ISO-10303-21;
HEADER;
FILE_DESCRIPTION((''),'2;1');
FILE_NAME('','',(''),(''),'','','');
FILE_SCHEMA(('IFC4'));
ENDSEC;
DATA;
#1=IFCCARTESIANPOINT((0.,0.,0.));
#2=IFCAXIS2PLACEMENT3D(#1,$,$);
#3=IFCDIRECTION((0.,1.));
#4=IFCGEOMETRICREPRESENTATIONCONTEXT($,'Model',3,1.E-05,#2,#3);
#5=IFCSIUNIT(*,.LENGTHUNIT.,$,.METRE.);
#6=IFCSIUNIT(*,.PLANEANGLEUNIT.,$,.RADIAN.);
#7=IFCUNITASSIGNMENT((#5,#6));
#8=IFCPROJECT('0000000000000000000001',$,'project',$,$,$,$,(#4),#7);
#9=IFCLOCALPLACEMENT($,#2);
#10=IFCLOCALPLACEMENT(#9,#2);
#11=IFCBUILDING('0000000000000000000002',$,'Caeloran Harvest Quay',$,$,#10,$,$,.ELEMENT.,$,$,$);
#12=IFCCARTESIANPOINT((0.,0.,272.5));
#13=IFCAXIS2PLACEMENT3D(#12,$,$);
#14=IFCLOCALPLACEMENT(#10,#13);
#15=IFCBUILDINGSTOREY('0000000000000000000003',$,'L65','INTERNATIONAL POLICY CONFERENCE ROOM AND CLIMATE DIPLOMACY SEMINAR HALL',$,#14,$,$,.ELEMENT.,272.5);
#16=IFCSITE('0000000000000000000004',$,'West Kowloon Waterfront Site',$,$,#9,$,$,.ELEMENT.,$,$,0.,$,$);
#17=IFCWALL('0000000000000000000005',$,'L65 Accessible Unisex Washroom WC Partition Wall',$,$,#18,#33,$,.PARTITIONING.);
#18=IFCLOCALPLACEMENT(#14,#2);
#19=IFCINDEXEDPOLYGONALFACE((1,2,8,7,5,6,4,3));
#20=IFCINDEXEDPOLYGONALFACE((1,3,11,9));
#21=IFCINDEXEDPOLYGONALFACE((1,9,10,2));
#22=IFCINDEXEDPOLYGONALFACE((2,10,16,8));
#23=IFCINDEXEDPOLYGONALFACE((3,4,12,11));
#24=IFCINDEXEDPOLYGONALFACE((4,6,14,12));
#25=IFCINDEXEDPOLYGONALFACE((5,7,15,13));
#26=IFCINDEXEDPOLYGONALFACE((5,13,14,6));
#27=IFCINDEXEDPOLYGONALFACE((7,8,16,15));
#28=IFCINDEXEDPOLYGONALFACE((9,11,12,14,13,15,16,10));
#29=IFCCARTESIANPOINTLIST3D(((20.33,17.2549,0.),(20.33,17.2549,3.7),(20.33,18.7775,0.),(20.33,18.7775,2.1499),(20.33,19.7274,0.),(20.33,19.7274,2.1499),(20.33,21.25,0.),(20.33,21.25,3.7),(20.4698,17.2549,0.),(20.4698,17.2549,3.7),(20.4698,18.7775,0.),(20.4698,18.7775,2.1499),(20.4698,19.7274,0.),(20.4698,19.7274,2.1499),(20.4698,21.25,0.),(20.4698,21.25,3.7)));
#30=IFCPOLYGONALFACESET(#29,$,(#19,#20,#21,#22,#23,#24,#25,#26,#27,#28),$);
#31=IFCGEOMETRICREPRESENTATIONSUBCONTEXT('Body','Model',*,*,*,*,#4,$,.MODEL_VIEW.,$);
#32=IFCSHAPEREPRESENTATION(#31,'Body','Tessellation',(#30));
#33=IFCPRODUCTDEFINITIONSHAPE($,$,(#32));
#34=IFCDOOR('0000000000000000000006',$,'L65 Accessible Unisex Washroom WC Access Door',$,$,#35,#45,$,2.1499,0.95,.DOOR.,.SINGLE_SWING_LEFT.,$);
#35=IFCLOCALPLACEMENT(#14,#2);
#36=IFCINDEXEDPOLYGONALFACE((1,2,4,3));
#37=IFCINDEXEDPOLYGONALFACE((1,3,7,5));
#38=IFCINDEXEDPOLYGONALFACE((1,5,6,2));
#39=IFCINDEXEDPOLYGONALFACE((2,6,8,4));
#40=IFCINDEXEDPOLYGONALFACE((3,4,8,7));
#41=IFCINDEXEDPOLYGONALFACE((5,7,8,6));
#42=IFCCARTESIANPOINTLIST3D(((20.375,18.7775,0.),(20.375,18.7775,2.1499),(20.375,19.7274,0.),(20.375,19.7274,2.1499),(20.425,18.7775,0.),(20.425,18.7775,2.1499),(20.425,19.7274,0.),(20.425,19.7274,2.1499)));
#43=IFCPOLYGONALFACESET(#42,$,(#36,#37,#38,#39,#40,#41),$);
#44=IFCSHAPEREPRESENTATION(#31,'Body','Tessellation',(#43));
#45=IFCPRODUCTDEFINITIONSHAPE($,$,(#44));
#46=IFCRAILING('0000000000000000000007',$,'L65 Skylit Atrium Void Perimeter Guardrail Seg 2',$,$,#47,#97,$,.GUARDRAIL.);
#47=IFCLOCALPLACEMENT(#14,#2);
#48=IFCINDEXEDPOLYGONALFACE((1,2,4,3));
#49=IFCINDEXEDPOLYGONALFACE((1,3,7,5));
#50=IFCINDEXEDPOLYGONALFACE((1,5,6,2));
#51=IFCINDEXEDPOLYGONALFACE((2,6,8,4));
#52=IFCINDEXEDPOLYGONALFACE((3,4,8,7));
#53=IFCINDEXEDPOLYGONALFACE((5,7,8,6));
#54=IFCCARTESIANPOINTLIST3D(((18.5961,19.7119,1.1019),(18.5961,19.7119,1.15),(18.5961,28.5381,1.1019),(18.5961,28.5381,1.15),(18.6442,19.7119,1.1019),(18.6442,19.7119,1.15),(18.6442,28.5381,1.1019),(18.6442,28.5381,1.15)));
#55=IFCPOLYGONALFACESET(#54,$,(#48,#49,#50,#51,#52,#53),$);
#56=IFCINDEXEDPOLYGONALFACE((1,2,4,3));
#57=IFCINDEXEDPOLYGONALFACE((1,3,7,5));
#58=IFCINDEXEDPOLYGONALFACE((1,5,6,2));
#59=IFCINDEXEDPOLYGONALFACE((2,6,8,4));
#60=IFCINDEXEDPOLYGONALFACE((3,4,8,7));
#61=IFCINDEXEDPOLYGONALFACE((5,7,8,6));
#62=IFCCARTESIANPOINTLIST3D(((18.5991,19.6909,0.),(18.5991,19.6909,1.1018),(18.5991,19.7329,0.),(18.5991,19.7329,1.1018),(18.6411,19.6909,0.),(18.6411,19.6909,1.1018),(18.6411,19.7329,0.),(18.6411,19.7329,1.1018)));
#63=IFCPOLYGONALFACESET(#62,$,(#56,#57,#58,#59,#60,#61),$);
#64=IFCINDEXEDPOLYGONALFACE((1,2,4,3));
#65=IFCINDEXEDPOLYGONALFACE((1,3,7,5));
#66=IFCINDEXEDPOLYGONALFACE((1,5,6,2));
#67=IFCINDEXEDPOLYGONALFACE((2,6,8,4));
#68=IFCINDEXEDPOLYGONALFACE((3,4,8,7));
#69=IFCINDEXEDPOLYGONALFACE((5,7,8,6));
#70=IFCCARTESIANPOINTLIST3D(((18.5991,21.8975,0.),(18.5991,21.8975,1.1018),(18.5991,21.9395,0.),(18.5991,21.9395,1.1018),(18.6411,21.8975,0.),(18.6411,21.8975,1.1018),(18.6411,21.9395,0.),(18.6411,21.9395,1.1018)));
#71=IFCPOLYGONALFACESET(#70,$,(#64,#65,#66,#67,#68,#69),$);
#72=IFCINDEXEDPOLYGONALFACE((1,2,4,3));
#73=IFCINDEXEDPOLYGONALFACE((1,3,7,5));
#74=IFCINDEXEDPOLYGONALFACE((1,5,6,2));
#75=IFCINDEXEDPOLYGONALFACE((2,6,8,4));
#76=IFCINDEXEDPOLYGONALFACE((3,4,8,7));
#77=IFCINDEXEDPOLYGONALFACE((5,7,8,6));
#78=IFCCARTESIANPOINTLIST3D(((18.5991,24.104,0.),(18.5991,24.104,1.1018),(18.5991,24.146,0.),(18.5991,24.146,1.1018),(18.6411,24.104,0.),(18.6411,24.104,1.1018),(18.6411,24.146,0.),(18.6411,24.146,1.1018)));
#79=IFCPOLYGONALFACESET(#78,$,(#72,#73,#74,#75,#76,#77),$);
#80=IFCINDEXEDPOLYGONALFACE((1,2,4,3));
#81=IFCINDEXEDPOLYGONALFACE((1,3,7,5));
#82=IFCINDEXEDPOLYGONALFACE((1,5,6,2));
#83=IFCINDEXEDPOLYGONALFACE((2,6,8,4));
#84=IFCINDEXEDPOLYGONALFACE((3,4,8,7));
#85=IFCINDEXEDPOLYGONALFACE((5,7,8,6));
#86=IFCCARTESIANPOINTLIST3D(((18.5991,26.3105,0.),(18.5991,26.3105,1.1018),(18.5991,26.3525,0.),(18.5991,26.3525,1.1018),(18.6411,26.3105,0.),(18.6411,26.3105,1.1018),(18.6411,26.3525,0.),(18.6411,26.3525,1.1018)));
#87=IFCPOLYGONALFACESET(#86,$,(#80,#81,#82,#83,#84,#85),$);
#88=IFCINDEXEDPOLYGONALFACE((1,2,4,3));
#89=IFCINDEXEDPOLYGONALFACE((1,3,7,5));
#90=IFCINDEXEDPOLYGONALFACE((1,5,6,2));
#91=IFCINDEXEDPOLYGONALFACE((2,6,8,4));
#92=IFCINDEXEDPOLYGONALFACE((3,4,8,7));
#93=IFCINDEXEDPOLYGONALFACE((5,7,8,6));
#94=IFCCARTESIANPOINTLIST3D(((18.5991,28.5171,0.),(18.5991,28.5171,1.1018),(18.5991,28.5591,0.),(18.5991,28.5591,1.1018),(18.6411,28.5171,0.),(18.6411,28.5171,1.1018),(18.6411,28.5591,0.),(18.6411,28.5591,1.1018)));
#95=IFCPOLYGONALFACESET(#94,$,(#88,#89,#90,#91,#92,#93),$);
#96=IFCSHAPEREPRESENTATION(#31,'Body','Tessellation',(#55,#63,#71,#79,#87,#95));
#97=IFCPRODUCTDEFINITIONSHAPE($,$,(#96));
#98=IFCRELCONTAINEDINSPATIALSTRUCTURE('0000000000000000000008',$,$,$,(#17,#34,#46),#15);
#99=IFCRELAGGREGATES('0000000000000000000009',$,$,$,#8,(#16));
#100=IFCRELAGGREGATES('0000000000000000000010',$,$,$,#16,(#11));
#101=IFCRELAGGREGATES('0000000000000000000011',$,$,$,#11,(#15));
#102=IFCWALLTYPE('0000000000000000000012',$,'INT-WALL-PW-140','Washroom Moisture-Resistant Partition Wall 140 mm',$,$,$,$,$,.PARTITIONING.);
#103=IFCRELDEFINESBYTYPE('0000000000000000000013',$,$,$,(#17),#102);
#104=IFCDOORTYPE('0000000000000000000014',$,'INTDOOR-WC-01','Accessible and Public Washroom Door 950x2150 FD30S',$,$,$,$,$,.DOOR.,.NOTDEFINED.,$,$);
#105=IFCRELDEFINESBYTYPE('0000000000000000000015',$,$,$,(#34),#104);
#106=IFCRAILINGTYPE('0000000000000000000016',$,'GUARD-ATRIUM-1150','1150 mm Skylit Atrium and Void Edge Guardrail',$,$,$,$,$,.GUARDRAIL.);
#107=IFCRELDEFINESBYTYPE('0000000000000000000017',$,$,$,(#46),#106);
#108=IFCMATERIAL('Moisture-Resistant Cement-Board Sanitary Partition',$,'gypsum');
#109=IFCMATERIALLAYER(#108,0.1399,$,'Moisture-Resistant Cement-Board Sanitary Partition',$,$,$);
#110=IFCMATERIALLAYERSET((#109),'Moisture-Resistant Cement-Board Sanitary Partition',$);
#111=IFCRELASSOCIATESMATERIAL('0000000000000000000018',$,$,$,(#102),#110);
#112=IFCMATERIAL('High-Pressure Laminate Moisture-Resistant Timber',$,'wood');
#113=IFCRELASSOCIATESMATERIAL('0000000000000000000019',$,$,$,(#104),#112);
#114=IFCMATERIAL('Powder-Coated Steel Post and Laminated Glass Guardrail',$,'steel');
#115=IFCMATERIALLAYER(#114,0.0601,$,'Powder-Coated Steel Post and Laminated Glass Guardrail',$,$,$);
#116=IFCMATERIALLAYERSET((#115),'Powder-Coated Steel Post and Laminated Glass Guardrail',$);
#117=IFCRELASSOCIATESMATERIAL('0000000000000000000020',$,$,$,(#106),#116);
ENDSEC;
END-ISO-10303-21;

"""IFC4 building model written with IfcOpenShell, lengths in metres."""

from ifc_helpers import new_model, si_unit, direction, frame, frame_2d, origin, origin_2d, place, context, subcontext, project, spatial, rectangle, extrude, material, layer, layer_set, type_object, element, fill, save


model = new_model("IFC4")

# Units and contexts
model_context = context("Model", 3, precision=1e-05, world=origin(), true_north=direction((0.0, 1.0)))
body_context = subcontext(model_context, "Body", "Model", "MODEL_VIEW")
ifc_project = project(units=[si_unit("LENGTHUNIT", "METRE"), si_unit("PLANEANGLEUNIT", "RADIAN")], contexts=[model_context])

# Site, building, storey
site_placement = place(None, origin())
site = spatial("IfcSite", under=ifc_project, at=site_placement, Name="West Kowloon Waterfront Site", CompositionType="ELEMENT", RefElevation=0.0)
building_placement = place(site_placement, origin())
building = spatial("IfcBuilding", under=site, at=building_placement, Name="Caeloran Harvest Quay", CompositionType="ELEMENT")
storey_placement = place(building_placement, frame((0.0, 0.0, 272.5)))
storey = spatial("IfcBuildingStorey", under=building, at=storey_placement, Name="L65", Description="INTERNATIONAL POLICY CONFERENCE ROOM AND CLIMATE DIPLOMACY SEMINAR HALL", CompositionType="ELEMENT", Elevation=272.5)

# Shared definitions
ifc_material_1 = material(Name="Moisture-Resistant Cement-Board Sanitary Partition", Category="gypsum")
ifc_layer_1 = layer(ifc_material_1, 0.1399, Name="Moisture-Resistant Cement-Board Sanitary Partition")
ifc_layer_set_1 = layer_set([ifc_layer_1], Name="Moisture-Resistant Cement-Board Sanitary Partition")
wall_type_1 = type_object("IfcWallType", Name="INT-WALL-PW-140", Description="Washroom Moisture-Resistant Partition Wall 140 mm", PredefinedType="PARTITIONING", material=ifc_layer_set_1)

# Shared definitions
ifc_material_2 = material(Name="High-Pressure Laminate Moisture-Resistant Timber", Category="wood")
door_type_1 = type_object("IfcDoorType", Name="INTDOOR-WC-01", Description="Accessible and Public Washroom Door 950x2150 FD30S", OperationType="NOTDEFINED", PredefinedType="DOOR", material=ifc_material_2)

# Wall, opening, door
wall_1_placement = place(storey_placement, frame((20.3999, 17.2549, 0.0), z_axis=(0.0, 0.0, 1.0), x_axis=(0.0, 1.0, 0.0)))
wall_1 = element("IfcWall", 1, at=wall_1_placement, inside=storey, type_object=wall_type_1, Name="L65 Accessible Unisex Washroom WC Partition Wall", PredefinedType="PARTITIONING", context=body_context, shape_type="SweptSolid", body=[
    extrude(rectangle(XDim=3.9951, YDim=0.1399, at=frame_2d((1.9976, 0.0))), origin(), (0.0, 0.0, 1.0), 3.7),
])
opening_1_placement = place(wall_1_placement, frame((1.5225, 0.0, 0.0)))
opening_1 = element("IfcOpeningElement", 2, at=opening_1_placement, cuts=wall_1, PredefinedType="OPENING", context=body_context, shape_type="SweptSolid", body=[
    extrude(rectangle(XDim=0.95, YDim=2.1499, at=frame_2d((0.4751, 1.075))), frame((0.0, 0.0801, 0.0), z_axis=(0.0, -1.0, 0.0), x_axis=(1.0, 0.0, 0.0)), (0.0, 0.0, 1.0), 0.1599),
])
door_1_placement = place(opening_1_placement, origin())
door_1 = element("IfcDoor", 3, at=door_1_placement, inside=storey, type_object=door_type_1, Name="L65 Accessible Unisex Washroom WC Access Door", OperationType="SINGLE_SWING_LEFT", OverallHeight=2.1499, OverallWidth=0.95, PredefinedType="DOOR", context=body_context, shape_type="SweptSolid", body=[
    extrude(rectangle(XDim=0.95, YDim=2.1499, at=frame_2d((0.4751, 1.075))), frame((0.0, 0.0249, 0.0), z_axis=(0.0, -1.0, 0.0), x_axis=(1.0, 0.0, 0.0)), (0.0, 0.0, 1.0), 0.05),
])
fill(opening_1, door_1)

# Railing
ifc_material_3 = material(Name="Powder-Coated Steel Post and Laminated Glass Guardrail", Category="steel")
ifc_layer_2 = layer(ifc_material_3, 0.0601, Name="Powder-Coated Steel Post and Laminated Glass Guardrail")
ifc_layer_set_2 = layer_set([ifc_layer_2], Name="Powder-Coated Steel Post and Laminated Glass Guardrail")
railing_type = type_object("IfcRailingType", Name="GUARD-ATRIUM-1150", Description="1150 mm Skylit Atrium and Void Edge Guardrail", PredefinedType="GUARDRAIL", material=ifc_layer_set_2)
railing_placement = place(storey_placement, frame((18.6201, 19.7119, 0.0)))
element("IfcRailing", 4, at=railing_placement, inside=storey, type_object=railing_type, Name="L65 Skylit Atrium Void Perimeter Guardrail Seg 2", PredefinedType="GUARDRAIL", context=body_context, shape_type="SweptSolid", body=[
    extrude(rectangle(XDim=0.0481, YDim=0.0481, at=origin_2d()), frame((0.0, 0.0, 1.126), z_axis=(0.0, 1.0, 0.0), x_axis=(-1.0, 0.0, 0.0)), (0.0, 0.0, 1.0), 8.8262),
    extrude(rectangle(XDim=0.042, YDim=0.042, at=origin_2d()), origin(), (0.0, 0.0, 1.0), 1.1018),
    extrude(rectangle(XDim=0.042, YDim=0.042, at=origin_2d()), frame((0.0, 2.2065, 0.0)), (0.0, 0.0, 1.0), 1.1018),
    extrude(rectangle(XDim=0.042, YDim=0.042, at=origin_2d()), frame((0.0, 4.4131, 0.0)), (0.0, 0.0, 1.0), 1.1018),
    extrude(rectangle(XDim=0.042, YDim=0.042, at=origin_2d()), frame((0.0, 6.6196, 0.0)), (0.0, 0.0, 1.0), 1.1018),
    extrude(rectangle(XDim=0.042, YDim=0.042, at=origin_2d()), frame((0.0, 8.8262, 0.0)), (0.0, 0.0, 1.0), 1.1018),
])

save(model, "model.ifc")
